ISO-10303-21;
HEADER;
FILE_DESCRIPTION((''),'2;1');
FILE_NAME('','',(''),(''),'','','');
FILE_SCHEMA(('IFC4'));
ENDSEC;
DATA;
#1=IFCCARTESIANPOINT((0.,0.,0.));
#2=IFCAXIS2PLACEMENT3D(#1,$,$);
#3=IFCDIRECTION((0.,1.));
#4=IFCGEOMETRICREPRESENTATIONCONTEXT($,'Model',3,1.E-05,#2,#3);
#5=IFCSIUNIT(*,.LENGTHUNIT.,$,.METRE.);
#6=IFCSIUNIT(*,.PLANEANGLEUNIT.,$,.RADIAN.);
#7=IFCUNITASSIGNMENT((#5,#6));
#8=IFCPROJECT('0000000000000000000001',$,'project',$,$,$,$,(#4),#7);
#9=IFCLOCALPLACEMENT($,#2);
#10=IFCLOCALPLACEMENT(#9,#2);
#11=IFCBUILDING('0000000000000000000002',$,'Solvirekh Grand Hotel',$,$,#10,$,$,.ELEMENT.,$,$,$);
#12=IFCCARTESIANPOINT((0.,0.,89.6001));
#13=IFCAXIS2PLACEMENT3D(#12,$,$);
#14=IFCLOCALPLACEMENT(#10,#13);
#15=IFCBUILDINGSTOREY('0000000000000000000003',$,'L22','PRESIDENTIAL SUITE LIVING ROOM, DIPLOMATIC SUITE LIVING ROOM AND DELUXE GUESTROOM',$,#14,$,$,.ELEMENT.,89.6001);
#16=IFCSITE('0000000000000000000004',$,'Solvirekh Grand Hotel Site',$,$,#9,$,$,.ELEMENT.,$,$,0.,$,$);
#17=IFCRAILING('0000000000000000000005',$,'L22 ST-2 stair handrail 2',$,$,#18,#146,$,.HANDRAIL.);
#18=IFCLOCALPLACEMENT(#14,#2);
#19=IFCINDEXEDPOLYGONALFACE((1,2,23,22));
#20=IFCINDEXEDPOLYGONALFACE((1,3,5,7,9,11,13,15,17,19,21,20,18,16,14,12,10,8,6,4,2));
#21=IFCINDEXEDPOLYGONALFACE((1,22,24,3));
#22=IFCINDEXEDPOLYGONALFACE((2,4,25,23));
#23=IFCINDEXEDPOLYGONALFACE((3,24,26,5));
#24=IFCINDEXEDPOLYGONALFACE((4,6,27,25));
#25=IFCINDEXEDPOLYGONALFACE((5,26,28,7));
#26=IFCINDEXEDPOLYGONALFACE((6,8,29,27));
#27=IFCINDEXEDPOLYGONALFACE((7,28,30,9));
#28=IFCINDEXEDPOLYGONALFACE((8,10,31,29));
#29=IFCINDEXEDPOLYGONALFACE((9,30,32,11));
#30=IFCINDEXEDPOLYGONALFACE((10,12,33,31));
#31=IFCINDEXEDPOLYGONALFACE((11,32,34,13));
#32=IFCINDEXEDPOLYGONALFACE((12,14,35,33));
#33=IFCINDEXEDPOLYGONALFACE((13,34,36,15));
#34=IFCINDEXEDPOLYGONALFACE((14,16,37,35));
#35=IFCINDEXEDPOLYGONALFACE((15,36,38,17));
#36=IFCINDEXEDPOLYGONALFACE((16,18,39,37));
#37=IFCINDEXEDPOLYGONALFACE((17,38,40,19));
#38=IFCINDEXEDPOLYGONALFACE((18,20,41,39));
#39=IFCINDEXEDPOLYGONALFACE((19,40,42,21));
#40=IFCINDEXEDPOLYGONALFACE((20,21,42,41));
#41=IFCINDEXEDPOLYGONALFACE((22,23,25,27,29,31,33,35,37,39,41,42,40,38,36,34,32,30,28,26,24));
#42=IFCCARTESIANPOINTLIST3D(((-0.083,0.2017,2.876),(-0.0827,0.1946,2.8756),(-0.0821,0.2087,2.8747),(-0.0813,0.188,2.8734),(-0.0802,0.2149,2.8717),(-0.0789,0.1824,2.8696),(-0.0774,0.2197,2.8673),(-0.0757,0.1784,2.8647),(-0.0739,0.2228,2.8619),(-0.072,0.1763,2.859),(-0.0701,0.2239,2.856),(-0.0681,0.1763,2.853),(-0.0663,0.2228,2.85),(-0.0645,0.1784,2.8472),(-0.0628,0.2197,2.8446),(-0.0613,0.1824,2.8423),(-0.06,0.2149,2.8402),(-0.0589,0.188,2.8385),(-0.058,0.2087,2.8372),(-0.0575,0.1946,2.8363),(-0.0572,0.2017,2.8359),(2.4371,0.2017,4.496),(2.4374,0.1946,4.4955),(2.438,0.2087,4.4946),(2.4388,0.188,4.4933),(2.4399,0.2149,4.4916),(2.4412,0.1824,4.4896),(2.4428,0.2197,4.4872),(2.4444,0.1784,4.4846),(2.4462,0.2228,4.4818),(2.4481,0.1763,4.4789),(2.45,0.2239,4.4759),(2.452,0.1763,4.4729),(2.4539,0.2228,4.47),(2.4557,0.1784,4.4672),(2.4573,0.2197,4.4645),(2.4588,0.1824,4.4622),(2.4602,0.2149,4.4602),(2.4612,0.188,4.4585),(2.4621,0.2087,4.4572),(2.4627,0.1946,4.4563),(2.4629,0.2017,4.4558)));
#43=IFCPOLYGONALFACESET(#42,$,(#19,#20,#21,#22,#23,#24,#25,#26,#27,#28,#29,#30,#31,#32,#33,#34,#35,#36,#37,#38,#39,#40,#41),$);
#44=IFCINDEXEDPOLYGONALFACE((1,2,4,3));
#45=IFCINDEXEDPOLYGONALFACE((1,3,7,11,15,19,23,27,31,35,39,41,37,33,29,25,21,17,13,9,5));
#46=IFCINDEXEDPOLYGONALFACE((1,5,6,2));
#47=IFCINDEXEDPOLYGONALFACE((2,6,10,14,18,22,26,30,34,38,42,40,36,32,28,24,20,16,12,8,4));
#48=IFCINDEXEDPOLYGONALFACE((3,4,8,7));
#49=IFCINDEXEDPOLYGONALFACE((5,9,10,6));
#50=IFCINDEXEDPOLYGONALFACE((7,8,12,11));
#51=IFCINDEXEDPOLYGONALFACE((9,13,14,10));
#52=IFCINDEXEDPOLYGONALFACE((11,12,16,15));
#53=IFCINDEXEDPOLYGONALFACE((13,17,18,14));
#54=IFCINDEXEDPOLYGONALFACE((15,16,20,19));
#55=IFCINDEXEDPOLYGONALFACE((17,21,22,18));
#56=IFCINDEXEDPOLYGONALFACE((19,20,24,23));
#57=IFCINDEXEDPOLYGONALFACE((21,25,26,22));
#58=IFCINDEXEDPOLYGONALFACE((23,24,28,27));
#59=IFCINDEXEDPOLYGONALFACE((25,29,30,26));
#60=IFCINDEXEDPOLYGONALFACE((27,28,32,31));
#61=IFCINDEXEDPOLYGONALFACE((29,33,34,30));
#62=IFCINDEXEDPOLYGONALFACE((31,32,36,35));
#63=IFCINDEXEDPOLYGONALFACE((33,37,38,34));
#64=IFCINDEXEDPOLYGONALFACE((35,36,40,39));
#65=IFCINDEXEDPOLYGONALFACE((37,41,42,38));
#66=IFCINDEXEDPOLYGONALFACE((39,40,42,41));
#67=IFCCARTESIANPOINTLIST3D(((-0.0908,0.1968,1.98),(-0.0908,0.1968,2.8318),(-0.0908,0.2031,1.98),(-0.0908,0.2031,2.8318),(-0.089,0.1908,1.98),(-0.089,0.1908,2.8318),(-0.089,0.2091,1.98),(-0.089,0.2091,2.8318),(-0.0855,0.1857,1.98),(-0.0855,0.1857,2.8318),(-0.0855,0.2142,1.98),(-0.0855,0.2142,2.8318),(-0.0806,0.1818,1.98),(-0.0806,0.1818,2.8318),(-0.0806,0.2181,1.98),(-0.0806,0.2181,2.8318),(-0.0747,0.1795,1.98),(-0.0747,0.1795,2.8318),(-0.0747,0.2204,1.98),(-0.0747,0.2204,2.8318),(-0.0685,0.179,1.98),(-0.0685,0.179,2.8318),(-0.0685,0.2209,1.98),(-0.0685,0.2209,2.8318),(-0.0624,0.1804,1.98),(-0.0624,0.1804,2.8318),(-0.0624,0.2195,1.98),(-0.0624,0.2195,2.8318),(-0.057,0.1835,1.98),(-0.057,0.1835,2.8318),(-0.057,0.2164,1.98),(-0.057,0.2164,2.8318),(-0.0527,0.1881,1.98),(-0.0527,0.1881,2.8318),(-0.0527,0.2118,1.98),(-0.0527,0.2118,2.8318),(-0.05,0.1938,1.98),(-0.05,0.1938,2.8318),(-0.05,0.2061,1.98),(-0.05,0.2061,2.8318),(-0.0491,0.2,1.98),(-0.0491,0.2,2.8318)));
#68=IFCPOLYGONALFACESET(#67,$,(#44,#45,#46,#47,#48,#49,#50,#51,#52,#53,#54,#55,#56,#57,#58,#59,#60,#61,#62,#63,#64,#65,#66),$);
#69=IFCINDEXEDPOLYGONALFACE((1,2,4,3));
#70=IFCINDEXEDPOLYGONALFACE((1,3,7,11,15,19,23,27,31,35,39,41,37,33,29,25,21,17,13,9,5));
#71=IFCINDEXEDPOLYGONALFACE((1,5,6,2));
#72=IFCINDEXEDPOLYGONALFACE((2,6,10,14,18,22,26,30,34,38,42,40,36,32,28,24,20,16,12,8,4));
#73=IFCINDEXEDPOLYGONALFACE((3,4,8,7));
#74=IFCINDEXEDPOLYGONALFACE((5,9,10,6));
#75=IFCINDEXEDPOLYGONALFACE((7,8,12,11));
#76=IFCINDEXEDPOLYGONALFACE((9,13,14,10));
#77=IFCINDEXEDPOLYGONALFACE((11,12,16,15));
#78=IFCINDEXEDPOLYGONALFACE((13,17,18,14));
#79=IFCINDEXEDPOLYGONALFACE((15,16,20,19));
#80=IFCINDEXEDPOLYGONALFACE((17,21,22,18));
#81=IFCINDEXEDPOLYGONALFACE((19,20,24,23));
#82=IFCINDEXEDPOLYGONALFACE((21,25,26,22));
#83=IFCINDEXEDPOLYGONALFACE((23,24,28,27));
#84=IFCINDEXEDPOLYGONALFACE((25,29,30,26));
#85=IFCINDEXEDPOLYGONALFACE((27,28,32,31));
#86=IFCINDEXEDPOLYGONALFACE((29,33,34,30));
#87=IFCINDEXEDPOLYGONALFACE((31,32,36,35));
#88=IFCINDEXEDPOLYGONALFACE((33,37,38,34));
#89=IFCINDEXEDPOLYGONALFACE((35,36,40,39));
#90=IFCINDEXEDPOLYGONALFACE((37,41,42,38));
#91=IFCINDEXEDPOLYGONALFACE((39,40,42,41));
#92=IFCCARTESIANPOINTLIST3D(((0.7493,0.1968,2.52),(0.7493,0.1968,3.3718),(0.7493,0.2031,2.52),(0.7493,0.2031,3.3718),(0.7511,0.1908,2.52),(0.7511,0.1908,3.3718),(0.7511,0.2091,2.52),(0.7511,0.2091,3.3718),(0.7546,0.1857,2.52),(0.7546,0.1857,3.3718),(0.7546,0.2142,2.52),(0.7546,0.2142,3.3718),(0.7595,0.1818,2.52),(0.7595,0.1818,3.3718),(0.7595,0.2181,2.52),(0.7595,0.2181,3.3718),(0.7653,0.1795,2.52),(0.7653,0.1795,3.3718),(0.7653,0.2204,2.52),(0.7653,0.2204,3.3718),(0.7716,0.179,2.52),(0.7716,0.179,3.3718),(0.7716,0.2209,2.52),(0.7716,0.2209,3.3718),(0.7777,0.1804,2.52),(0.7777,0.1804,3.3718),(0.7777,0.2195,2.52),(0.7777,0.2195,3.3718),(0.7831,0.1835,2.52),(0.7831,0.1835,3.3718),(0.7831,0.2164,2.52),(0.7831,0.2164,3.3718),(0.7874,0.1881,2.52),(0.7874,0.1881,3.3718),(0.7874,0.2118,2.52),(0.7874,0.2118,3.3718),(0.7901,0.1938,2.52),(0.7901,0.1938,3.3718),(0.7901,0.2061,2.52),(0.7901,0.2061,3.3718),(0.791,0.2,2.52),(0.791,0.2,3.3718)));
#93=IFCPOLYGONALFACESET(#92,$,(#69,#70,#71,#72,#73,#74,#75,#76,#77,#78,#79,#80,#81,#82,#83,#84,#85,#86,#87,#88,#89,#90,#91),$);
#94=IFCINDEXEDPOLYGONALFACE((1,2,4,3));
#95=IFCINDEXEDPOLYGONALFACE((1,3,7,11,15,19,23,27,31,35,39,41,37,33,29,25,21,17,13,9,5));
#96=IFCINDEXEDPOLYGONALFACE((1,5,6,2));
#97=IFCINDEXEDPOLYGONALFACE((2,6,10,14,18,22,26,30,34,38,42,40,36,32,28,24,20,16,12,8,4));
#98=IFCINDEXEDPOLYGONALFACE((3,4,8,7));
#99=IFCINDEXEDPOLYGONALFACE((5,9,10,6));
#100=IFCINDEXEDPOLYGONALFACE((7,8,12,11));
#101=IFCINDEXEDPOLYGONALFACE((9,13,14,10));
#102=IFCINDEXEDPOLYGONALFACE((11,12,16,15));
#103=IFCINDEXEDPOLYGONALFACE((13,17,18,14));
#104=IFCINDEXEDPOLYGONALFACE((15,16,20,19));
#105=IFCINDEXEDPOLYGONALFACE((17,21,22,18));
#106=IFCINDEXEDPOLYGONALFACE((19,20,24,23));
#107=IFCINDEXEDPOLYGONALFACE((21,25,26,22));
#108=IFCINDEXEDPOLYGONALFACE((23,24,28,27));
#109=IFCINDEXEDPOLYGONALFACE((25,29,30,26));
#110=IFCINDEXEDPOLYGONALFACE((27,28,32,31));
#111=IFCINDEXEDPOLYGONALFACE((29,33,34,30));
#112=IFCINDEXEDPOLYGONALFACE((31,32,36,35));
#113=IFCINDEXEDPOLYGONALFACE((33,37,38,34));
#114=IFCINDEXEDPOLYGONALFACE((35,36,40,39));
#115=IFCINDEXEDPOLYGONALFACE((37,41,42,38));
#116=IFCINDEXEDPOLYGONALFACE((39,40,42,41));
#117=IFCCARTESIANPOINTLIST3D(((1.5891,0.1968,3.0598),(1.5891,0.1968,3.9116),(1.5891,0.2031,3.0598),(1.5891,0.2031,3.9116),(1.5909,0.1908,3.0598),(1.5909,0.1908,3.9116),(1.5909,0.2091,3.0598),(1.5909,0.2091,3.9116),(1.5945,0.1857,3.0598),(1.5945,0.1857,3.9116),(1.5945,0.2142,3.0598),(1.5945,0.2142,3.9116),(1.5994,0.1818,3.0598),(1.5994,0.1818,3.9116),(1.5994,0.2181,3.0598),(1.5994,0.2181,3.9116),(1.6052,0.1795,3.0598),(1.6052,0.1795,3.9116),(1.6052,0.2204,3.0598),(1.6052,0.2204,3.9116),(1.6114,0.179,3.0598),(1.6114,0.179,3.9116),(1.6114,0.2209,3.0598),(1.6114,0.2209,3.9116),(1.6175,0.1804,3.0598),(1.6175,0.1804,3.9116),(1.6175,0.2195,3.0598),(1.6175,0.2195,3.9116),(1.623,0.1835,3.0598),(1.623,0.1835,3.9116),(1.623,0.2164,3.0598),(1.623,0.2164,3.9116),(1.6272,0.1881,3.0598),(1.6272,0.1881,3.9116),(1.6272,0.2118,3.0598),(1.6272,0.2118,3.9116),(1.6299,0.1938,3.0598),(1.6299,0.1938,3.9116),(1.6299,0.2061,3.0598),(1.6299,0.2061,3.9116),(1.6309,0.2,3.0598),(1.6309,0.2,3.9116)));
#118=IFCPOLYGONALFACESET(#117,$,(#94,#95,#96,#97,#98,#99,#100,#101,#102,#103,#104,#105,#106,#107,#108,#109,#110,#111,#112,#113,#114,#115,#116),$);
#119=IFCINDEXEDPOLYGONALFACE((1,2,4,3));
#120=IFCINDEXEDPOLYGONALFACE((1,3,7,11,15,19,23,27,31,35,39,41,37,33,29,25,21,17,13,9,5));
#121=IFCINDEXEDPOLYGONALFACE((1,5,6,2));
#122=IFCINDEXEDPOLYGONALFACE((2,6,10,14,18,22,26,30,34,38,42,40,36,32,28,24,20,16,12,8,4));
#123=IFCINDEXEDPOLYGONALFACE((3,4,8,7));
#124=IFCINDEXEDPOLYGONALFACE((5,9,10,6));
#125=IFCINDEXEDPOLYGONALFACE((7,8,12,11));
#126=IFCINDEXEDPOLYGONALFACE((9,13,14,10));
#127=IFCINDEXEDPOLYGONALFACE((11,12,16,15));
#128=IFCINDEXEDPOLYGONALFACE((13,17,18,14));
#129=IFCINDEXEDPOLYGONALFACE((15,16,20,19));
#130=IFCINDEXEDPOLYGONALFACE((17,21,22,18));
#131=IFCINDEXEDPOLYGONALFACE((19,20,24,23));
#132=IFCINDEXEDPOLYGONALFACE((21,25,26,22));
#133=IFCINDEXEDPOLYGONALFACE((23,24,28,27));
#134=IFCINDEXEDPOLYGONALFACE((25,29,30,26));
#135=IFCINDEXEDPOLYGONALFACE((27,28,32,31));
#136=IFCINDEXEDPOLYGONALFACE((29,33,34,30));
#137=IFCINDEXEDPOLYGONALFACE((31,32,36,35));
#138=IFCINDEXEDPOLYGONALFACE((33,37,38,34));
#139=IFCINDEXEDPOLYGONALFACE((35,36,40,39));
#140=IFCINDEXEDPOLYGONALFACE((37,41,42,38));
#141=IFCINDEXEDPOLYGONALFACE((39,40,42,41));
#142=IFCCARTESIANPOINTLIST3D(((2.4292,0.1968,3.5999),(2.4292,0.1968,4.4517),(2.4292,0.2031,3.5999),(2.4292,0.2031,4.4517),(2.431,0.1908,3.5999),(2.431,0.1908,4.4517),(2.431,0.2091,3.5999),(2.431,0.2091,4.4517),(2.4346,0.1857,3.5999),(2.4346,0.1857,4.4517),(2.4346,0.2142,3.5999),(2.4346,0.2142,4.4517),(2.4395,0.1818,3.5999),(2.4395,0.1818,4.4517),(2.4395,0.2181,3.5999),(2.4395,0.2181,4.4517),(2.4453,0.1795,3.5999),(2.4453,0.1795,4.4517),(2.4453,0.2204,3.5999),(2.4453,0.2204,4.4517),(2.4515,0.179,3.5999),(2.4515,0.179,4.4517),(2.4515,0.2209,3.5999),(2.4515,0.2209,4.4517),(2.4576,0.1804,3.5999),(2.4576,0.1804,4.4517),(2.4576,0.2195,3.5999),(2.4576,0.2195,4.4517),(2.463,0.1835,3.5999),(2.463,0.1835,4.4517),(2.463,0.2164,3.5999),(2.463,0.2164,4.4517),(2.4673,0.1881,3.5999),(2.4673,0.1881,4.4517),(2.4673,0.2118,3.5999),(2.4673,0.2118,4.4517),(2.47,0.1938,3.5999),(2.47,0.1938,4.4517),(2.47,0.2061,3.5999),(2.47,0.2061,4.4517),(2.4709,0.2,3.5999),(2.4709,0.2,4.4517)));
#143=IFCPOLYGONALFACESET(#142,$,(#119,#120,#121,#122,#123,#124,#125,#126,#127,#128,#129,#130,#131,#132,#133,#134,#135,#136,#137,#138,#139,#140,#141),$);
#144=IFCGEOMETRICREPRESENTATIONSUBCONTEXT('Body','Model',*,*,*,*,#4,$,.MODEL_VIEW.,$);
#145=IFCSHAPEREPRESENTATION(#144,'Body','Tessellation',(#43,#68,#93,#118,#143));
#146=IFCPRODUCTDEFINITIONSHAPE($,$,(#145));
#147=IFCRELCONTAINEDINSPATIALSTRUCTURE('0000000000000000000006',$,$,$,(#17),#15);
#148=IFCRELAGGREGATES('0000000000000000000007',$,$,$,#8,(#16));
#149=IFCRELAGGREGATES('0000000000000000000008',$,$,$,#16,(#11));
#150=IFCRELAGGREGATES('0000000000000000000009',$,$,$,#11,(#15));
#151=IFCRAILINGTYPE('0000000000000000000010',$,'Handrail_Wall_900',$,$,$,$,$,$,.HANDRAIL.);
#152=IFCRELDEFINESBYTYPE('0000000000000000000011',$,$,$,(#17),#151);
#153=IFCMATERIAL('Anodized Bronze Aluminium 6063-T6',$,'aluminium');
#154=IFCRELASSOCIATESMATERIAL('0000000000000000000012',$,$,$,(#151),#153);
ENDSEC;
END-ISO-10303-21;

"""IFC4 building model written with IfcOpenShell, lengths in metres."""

from ifc_helpers import new_model, si_unit, direction, frame, origin, origin_2d, place, context, subcontext, project, spatial, circle, extrude, material, type_object, element, save


model = new_model("IFC4")

# Units and contexts
model_context = context("Model", 3, precision=1e-05, world=origin(), true_north=direction((0.0, 1.0)))
body_context = subcontext(model_context, "Body", "Model", "MODEL_VIEW")
ifc_project = project(units=[si_unit("LENGTHUNIT", "METRE"), si_unit("PLANEANGLEUNIT", "RADIAN")], contexts=[model_context])

# Site, building, storey
site_placement = place(None, origin())
site = spatial("IfcSite", under=ifc_project, at=site_placement, Name="Solvirekh Grand Hotel Site", CompositionType="ELEMENT", RefElevation=0.0)
building_placement = place(site_placement, origin())
building = spatial("IfcBuilding", under=site, at=building_placement, Name="Solvirekh Grand Hotel", CompositionType="ELEMENT")
storey_placement = place(building_placement, frame((0.0, 0.0, 89.6001)))
storey = spatial("IfcBuildingStorey", under=building, at=storey_placement, Name="L22", Description="PRESIDENTIAL SUITE LIVING ROOM, DIPLOMATIC SUITE LIVING ROOM AND DELUXE GUESTROOM", CompositionType="ELEMENT", Elevation=89.6001)

# Railing
ifc_material_1 = material(Name="Anodized Bronze Aluminium 6063-T6", Category="aluminium")
railing_type_1 = type_object("IfcRailingType", Name="Handrail_Wall_900", PredefinedType="HANDRAIL", material=ifc_material_1)
railing_1_placement = place(storey_placement, frame((-0.0701, 0.2, 1.98)))
element("IfcRailing", 1, at=railing_1_placement, inside=storey, type_object=railing_type_1, Name="L22 ST-2 stair handrail 2", PredefinedType="HANDRAIL", context=body_context, shape_type="SweptSolid", body=[
    extrude(circle(Radius=0.0239, at=origin_2d()), frame((0.0, 0.0, 0.876), z_axis=(0.8412, 0.0, 0.540725), x_axis=(0.0, 1.0, 0.0)), (0.0, 0.0, 1.0), 2.9958),
    extrude(circle(Radius=0.021, at=origin_2d()), origin(), (0.0, 0.0, 1.0), 0.8518),
    extrude(circle(Radius=0.021, at=origin_2d()), frame((0.8401, 0.0, 0.54)), (0.0, 0.0, 1.0), 0.8518),
    extrude(circle(Radius=0.021, at=origin_2d()), frame((1.6799, 0.0, 1.0798)), (0.0, 0.0, 1.0), 0.8518),
    extrude(circle(Radius=0.021, at=origin_2d()), frame((2.52, 0.0, 1.6199)), (0.0, 0.0, 1.0), 0.8518),
])

save(model, "model.ifc")
